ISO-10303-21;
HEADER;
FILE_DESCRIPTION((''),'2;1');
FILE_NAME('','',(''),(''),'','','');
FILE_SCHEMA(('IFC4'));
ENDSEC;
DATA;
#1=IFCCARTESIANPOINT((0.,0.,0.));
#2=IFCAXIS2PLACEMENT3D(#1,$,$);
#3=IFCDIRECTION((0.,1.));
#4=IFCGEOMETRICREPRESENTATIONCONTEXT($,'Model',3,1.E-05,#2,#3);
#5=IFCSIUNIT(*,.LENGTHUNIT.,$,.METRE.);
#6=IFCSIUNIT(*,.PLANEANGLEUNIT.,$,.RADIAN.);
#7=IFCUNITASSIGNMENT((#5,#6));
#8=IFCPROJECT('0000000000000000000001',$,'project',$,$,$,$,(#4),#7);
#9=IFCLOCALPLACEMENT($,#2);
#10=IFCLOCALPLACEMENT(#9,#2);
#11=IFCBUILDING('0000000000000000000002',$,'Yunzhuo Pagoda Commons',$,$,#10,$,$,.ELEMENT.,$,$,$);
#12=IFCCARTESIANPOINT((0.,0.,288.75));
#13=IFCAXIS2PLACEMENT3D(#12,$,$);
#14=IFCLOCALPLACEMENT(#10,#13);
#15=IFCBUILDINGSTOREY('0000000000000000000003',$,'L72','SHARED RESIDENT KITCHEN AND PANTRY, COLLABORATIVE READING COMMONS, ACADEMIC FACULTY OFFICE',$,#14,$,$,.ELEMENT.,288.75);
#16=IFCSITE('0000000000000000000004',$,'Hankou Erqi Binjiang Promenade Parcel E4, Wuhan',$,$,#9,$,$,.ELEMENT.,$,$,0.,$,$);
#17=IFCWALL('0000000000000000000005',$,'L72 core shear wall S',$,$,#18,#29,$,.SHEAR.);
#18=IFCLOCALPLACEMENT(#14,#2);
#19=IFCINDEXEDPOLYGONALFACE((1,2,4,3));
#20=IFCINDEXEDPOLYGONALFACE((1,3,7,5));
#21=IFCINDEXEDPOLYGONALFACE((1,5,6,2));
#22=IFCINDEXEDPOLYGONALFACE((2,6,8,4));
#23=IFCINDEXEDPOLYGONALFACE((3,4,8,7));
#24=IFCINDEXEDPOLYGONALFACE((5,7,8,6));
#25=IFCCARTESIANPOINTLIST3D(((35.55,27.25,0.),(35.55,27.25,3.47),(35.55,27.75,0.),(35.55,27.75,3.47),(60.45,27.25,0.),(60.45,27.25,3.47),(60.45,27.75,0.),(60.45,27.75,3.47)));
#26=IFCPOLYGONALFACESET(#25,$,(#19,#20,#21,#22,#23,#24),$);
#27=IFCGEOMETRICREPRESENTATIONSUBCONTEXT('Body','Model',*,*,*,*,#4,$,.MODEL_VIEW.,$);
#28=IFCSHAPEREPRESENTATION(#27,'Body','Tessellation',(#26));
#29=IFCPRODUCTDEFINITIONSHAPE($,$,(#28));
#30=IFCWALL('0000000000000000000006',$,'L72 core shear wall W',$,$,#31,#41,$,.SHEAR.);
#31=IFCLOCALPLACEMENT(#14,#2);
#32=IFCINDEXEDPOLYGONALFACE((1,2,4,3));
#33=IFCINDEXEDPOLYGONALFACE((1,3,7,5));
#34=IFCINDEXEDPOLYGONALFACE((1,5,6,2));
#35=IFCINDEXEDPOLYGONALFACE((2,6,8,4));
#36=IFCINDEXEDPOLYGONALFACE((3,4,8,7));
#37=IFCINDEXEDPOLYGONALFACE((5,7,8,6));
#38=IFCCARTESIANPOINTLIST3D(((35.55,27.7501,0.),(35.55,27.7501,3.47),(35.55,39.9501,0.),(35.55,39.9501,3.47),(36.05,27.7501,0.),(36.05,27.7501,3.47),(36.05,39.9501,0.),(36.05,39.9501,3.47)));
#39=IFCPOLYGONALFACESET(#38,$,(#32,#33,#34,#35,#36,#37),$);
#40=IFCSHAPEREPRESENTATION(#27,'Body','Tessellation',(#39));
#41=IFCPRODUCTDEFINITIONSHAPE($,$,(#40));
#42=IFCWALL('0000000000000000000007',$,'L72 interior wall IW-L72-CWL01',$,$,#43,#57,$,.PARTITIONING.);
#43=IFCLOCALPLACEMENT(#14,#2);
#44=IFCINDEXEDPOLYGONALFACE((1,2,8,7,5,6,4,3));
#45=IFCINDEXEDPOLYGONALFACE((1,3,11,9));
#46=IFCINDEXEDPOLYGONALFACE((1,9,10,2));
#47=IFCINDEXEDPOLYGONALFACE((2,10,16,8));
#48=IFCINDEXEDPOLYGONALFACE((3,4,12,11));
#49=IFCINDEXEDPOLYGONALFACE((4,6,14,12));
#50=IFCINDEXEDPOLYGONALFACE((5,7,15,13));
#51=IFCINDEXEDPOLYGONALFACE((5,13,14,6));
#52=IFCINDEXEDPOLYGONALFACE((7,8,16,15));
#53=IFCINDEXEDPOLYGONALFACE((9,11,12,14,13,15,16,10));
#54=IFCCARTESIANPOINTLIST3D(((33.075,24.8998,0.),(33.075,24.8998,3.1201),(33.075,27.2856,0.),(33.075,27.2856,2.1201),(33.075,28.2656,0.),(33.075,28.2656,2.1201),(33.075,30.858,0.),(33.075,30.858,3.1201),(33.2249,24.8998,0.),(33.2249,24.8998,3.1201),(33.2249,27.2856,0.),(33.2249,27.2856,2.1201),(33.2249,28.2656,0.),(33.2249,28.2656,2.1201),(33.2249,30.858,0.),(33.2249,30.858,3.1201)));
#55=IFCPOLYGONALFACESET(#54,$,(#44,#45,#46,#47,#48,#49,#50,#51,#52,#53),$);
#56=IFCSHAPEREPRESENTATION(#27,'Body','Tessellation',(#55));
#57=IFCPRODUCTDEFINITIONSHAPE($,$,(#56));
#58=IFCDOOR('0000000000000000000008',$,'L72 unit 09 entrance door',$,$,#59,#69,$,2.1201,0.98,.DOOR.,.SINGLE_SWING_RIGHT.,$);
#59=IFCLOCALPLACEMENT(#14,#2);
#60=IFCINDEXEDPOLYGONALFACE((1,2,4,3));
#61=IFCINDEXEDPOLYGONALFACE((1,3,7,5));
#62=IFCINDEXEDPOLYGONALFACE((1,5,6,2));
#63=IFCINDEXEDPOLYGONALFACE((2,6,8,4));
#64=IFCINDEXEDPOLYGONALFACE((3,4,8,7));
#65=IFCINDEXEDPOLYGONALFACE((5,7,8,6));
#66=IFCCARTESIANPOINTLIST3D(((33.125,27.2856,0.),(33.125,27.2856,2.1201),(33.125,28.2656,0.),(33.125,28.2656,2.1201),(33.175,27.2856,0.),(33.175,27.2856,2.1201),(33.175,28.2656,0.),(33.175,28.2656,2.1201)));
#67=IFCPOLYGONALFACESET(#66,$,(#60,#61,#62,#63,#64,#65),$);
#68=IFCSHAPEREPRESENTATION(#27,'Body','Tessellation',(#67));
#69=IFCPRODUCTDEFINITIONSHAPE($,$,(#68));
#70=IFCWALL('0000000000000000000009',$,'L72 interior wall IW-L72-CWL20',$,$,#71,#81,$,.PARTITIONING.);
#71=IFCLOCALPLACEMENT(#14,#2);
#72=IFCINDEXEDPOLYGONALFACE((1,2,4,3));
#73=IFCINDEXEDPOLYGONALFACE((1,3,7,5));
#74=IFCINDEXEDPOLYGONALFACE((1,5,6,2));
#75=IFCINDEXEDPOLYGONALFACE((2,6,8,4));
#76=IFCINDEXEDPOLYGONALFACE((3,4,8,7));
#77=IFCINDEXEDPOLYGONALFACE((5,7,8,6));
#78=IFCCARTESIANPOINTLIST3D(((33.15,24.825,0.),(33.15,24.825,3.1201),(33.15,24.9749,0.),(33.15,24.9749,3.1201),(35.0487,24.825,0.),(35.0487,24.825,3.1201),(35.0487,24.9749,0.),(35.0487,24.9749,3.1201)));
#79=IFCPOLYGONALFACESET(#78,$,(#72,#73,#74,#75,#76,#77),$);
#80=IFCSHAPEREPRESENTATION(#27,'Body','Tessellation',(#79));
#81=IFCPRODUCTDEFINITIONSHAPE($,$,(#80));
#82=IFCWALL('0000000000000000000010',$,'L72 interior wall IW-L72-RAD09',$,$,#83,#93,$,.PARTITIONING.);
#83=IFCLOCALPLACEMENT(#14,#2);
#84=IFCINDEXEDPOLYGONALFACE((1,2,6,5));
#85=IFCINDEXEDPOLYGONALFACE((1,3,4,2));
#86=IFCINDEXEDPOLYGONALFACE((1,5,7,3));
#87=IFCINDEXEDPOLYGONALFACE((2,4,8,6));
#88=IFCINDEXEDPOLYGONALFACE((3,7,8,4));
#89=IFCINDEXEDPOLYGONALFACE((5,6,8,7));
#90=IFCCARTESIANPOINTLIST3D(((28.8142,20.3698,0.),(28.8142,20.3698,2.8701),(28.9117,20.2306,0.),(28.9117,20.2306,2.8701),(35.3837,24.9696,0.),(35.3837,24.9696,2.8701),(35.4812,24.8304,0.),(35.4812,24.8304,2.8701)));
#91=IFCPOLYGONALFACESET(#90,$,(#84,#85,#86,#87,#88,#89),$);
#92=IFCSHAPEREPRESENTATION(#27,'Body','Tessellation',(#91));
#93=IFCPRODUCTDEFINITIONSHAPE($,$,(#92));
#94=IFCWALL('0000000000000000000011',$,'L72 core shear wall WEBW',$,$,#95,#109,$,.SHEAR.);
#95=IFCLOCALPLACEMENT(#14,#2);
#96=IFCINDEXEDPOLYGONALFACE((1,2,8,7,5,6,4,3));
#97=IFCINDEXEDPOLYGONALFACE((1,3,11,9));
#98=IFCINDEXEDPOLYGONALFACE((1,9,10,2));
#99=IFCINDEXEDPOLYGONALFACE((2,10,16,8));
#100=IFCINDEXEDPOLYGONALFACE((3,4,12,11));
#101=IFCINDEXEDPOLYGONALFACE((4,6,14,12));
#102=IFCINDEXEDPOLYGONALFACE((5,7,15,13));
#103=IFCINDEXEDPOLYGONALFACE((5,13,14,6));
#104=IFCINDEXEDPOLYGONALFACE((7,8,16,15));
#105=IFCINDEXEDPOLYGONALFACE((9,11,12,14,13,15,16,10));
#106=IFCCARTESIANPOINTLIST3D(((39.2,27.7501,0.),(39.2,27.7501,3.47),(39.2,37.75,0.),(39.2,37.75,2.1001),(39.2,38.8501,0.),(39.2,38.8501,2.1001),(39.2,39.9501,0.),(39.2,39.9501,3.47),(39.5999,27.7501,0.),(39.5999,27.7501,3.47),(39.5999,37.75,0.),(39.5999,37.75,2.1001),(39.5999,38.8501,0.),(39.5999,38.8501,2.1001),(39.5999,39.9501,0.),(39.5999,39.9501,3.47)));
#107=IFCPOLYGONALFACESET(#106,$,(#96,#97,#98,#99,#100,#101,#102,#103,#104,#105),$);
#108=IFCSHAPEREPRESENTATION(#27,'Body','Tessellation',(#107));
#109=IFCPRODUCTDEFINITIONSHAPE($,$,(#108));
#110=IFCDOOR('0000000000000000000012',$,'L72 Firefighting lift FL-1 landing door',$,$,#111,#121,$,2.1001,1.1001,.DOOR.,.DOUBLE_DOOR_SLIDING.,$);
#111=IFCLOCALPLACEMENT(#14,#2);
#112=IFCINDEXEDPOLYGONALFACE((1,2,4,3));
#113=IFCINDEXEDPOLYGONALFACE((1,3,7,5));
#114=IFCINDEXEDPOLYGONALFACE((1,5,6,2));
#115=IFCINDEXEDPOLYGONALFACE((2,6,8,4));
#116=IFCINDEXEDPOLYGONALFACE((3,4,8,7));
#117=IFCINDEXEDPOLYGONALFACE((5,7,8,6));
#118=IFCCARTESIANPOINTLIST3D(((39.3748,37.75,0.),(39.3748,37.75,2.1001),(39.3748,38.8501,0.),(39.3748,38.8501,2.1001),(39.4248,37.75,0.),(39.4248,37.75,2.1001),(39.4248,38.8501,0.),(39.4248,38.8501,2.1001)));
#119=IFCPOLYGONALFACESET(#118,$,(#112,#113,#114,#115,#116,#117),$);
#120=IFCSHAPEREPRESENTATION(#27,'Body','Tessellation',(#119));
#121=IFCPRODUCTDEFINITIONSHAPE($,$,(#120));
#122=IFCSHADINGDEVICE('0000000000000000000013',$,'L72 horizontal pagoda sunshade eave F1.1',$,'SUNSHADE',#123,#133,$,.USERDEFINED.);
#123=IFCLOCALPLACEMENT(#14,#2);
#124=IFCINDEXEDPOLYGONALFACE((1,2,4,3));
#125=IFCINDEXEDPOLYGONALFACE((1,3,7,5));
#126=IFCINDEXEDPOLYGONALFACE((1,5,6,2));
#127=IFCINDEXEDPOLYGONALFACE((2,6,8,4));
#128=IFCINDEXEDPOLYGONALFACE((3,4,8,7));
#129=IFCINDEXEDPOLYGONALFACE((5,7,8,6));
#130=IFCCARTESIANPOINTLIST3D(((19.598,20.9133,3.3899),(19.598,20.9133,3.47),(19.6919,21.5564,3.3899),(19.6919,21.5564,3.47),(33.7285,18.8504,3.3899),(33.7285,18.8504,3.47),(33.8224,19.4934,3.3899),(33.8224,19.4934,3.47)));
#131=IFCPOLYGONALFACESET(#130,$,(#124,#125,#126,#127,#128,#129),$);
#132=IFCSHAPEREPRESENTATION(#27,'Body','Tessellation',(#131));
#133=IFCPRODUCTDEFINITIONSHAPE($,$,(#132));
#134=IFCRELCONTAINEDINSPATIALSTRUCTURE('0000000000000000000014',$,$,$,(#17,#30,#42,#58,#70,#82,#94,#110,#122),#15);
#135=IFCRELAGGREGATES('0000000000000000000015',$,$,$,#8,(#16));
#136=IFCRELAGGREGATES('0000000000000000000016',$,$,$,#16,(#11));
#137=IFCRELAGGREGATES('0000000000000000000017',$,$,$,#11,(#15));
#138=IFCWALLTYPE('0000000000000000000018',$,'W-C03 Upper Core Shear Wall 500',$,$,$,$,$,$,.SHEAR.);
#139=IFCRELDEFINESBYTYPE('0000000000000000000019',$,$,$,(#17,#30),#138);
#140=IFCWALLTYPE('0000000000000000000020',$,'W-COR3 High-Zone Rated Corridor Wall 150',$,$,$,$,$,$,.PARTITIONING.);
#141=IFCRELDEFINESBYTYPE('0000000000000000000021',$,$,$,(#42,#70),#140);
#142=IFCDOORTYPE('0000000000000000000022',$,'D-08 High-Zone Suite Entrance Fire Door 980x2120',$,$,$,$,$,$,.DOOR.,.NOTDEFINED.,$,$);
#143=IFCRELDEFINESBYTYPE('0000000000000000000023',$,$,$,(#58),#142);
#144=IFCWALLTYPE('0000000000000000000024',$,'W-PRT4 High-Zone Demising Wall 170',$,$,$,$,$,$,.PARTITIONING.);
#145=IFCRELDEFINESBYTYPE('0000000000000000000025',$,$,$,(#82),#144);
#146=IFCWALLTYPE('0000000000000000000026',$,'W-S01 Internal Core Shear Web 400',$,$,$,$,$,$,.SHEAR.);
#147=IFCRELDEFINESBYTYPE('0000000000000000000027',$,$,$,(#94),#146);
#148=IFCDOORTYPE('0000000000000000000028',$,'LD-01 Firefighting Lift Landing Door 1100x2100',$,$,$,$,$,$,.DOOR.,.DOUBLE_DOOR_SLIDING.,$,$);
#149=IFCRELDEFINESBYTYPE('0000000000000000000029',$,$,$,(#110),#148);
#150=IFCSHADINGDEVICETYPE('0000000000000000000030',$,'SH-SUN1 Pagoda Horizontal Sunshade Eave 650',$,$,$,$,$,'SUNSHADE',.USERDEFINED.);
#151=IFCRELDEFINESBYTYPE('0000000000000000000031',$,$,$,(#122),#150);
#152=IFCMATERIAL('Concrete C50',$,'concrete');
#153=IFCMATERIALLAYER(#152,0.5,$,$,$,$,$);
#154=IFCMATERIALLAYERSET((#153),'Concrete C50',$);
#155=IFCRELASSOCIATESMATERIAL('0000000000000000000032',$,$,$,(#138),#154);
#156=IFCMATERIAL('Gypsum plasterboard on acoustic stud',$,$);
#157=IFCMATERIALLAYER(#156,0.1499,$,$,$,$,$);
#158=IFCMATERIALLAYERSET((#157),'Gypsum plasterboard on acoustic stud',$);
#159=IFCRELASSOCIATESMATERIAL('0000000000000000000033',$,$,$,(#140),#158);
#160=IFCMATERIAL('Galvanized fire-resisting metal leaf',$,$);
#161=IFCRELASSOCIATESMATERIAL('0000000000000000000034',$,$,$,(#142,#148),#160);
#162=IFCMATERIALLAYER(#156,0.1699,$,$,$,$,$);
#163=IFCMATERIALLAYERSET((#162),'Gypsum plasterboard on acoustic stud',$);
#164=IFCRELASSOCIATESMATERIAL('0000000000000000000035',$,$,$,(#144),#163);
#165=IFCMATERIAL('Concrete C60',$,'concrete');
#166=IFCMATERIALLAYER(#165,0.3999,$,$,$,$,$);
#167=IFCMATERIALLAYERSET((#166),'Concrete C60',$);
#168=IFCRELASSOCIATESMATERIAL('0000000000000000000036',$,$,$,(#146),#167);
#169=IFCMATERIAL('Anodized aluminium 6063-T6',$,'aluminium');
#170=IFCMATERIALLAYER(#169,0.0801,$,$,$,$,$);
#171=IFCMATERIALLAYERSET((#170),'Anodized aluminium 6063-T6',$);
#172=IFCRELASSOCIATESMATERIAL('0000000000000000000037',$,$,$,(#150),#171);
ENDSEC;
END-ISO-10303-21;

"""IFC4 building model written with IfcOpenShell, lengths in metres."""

from ifc_helpers import new_model, si_unit, direction, frame, frame_2d, origin, origin_with_axes, origin_2d, place, context, subcontext, project, spatial, rectangle, extrude, source, transform, mapped, material, layer, layer_set, type_object, element, fill, save


model = new_model("IFC4")

# Units and contexts
model_context = context("Model", 3, precision=1e-05, world=origin(), true_north=direction((0.0, 1.0)))
body_context = subcontext(model_context, "Body", "Model", "MODEL_VIEW")
ifc_project = project(units=[si_unit("LENGTHUNIT", "METRE"), si_unit("PLANEANGLEUNIT", "RADIAN")], contexts=[model_context])

# Site, building, storey
site_placement = place(None, origin())
site = spatial("IfcSite", under=ifc_project, at=site_placement, Name="Hankou Erqi Binjiang Promenade Parcel E4, Wuhan", CompositionType="ELEMENT", RefElevation=0.0)
building_placement = place(site_placement, origin())
building = spatial("IfcBuilding", under=site, at=building_placement, Name="Yunzhuo Pagoda Commons", CompositionType="ELEMENT")
storey_placement = place(building_placement, frame((0.0, 0.0, 288.75)))
storey = spatial("IfcBuildingStorey", under=building, at=storey_placement, Name="L72", Description="SHARED RESIDENT KITCHEN AND PANTRY, COLLABORATIVE READING COMMONS, ACADEMIC FACULTY OFFICE", CompositionType="ELEMENT", Elevation=288.75)

# Shared definitions
ifc_material_1 = material(Name="Anodized aluminium 6063-T6", Category="aluminium")

# Walls
ifc_material_2 = material(Name="Concrete C50", Category="concrete")
ifc_layer_1 = layer(ifc_material_2, 0.5)
ifc_layer_set_1 = layer_set([ifc_layer_1], Name="Concrete C50")
wall_type_1 = type_object("IfcWallType", Name="W-C03 Upper Core Shear Wall 500", PredefinedType="SHEAR", material=ifc_layer_set_1)
wall_1_placement = place(storey_placement, frame((35.55, 27.5, 0.0), z_axis=(0.0, 0.0, 1.0), x_axis=(1.0, 0.0, 0.0)))
element("IfcWall", 1, at=wall_1_placement, inside=storey, type_object=wall_type_1, Name="L72 core shear wall S", PredefinedType="SHEAR", context=body_context, shape_type="SweptSolid", body=[
    extrude(rectangle(XDim=24.8999, YDim=0.5, at=frame_2d((12.45, 0.0))), origin(), (0.0, 0.0, 1.0), 3.47),
])
wall_2_placement = place(storey_placement, frame((35.8, 27.75, 0.0), z_axis=(0.0, 0.0, 1.0), x_axis=(0.0, 1.0, 0.0)))
element("IfcWall", 2, at=wall_2_placement, inside=storey, type_object=wall_type_1, Name="L72 core shear wall W", PredefinedType="SHEAR", context=body_context, shape_type="SweptSolid", body=[
    extrude(rectangle(XDim=12.2, YDim=0.5, at=frame_2d((6.1001, 0.0))), origin(), (0.0, 0.0, 1.0), 3.47),
])

# Wall, opening, door
ifc_material_3 = material(Name="Gypsum plasterboard on acoustic stud")
ifc_layer_2 = layer(ifc_material_3, 0.1499)
ifc_layer_set_2 = layer_set([ifc_layer_2], Name="Gypsum plasterboard on acoustic stud")
wall_type_2 = type_object("IfcWallType", Name="W-COR3 High-Zone Rated Corridor Wall 150", PredefinedType="PARTITIONING", material=ifc_layer_set_2)
wall_3_placement = place(storey_placement, frame((33.1499, 24.8999, 0.0), z_axis=(0.0, 0.0, 1.0), x_axis=(0.0, 1.0, 0.0)))
wall_3 = element("IfcWall", 3, at=wall_3_placement, inside=storey, type_object=wall_type_2, Name="L72 interior wall IW-L72-CWL01", PredefinedType="PARTITIONING", context=body_context, shape_type="SweptSolid", body=[
    extrude(rectangle(XDim=5.9583, YDim=0.1499, at=frame_2d((2.979, 0.0))), origin(), (0.0, 0.0, 1.0), 3.1201),
])
opening_1_placement = place(wall_3_placement, frame((2.3857, 0.0, 0.0)))
opening_1 = element("IfcOpeningElement", 4, at=opening_1_placement, cuts=wall_3, PredefinedType="OPENING", context=body_context, shape_type="SweptSolid", body=[
    extrude(rectangle(XDim=0.98, YDim=2.1201, at=frame_2d((0.49, 1.0601))), frame((0.0, 0.085, 0.0), z_axis=(0.0, -1.0, 0.0), x_axis=(1.0, 0.0, 0.0)), (0.0, 0.0, 1.0), 0.1699),
])
ifc_material_4 = material(Name="Galvanized fire-resisting metal leaf")
door_type_1 = type_object("IfcDoorType", Name="D-08 High-Zone Suite Entrance Fire Door 980x2120", OperationType="NOTDEFINED", PredefinedType="DOOR", material=ifc_material_4)
shared_shape_1 = source(origin(), body_context, "Body", "SweptSolid", [
    extrude(rectangle(XDim=0.98, YDim=2.1201, at=frame_2d((0.49, 1.0601))), frame((0.0, 0.0249, 0.0), z_axis=(0.0, -1.0, 0.0), x_axis=(1.0, 0.0, 0.0)), (0.0, 0.0, 1.0), 0.05),
])
door_1_placement = place(opening_1_placement, origin_with_axes())
door_1 = element("IfcDoor", 5, at=door_1_placement, inside=storey, type_object=door_type_1, Name="L72 unit 09 entrance door", OperationType="SINGLE_SWING_RIGHT", OverallHeight=2.1201, OverallWidth=0.98, PredefinedType="DOOR", context=body_context, shape_type="MappedRepresentation", body=[
    mapped(shared_shape_1, transform((0.0, 0.0, 0.0), scale=1.0)),
])
fill(opening_1, door_1)

# Walls
wall_4_placement = place(storey_placement, frame((35.0486, 24.8999, 0.0), z_axis=(0.0, 0.0, 1.0), x_axis=(-1.0, 0.0, 0.0)))
element("IfcWall", 6, at=wall_4_placement, inside=storey, type_object=wall_type_2, Name="L72 interior wall IW-L72-CWL20", PredefinedType="PARTITIONING", context=body_context, shape_type="SweptSolid", body=[
    extrude(rectangle(XDim=1.8987, YDim=0.1499, at=frame_2d((0.9492, 0.0))), origin(), (0.0, 0.0, 1.0), 3.1201),
])
ifc_layer_3 = layer(ifc_material_3, 0.1699)
ifc_layer_set_3 = layer_set([ifc_layer_3], Name="Gypsum plasterboard on acoustic stud")
wall_type_3 = type_object("IfcWallType", Name="W-PRT4 High-Zone Demising Wall 170", PredefinedType="PARTITIONING", material=ifc_layer_set_3)
wall_5_placement = place(storey_placement, frame((35.4324, 24.8999, 0.0), z_axis=(0.0, 0.0, 1.0), x_axis=(-0.819165, -0.573558, 0.0)))
element("IfcWall", 7, at=wall_5_placement, inside=storey, type_object=wall_type_3, Name="L72 interior wall IW-L72-RAD09", PredefinedType="PARTITIONING", context=body_context, shape_type="SweptSolid", body=[
    extrude(rectangle(XDim=8.0198, YDim=0.1699, at=frame_2d((4.0098, 0.0))), origin(), (0.0, 0.0, 1.0), 2.8701),
])

# Wall, opening, door
ifc_material_5 = material(Name="Concrete C60", Category="concrete")
ifc_layer_4 = layer(ifc_material_5, 0.3999)
ifc_layer_set_4 = layer_set([ifc_layer_4], Name="Concrete C60")
wall_type_4 = type_object("IfcWallType", Name="W-S01 Internal Core Shear Web 400", PredefinedType="SHEAR", material=ifc_layer_set_4)
wall_6_placement = place(storey_placement, frame((39.3999, 27.75, 0.0), z_axis=(0.0, 0.0, 1.0), x_axis=(0.0, 1.0, 0.0)))
wall_6 = element("IfcWall", 8, at=wall_6_placement, inside=storey, type_object=wall_type_4, Name="L72 core shear wall WEBW", PredefinedType="SHEAR", context=body_context, shape_type="SweptSolid", body=[
    extrude(rectangle(XDim=12.2, YDim=0.3999, at=frame_2d((6.1001, 0.0))), origin(), (0.0, 0.0, 1.0), 3.47),
])
opening_2_placement = place(wall_6_placement, frame((10.0, 0.0, 0.0)))
opening_2 = element("IfcOpeningElement", 9, at=opening_2_placement, cuts=wall_6, PredefinedType="OPENING", context=body_context, shape_type="SweptSolid", body=[
    extrude(rectangle(XDim=1.1001, YDim=2.1001, at=frame_2d((0.55, 1.05))), frame((0.0, 0.21, 0.0), z_axis=(0.0, -1.0, 0.0), x_axis=(1.0, 0.0, 0.0)), (0.0, 0.0, 1.0), 0.4199),
])
door_type_2 = type_object("IfcDoorType", Name="LD-01 Firefighting Lift Landing Door 1100x2100", OperationType="DOUBLE_DOOR_SLIDING", PredefinedType="DOOR", material=ifc_material_4)
shared_shape_2 = source(origin(), body_context, "Body", "SweptSolid", [
    extrude(rectangle(XDim=1.1001, YDim=2.1001, at=frame_2d((0.55, 1.05))), frame((0.0, 0.0249, 0.0), z_axis=(0.0, -1.0, 0.0), x_axis=(1.0, 0.0, 0.0)), (0.0, 0.0, 1.0), 0.05),
])
door_2_placement = place(opening_2_placement, frame((1.1001, 0.0, 0.0), z_axis=(0.0, 0.0, 1.0), x_axis=(-1.0, 0.0, 0.0)))
door_2 = element("IfcDoor", 10, at=door_2_placement, inside=storey, type_object=door_type_2, Name="L72 Firefighting lift FL-1 landing door", OperationType="DOUBLE_DOOR_SLIDING", OverallHeight=2.1001, OverallWidth=1.1001, PredefinedType="DOOR", context=body_context, shape_type="MappedRepresentation", body=[
    mapped(shared_shape_2, transform((0.0, 0.0, 0.0), scale=1.0)),
])
fill(opening_2, door_2)

# Shading device
ifc_layer_5 = layer(ifc_material_1, 0.0801)
ifc_layer_set_5 = layer_set([ifc_layer_5], Name="Anodized aluminium 6063-T6")
shading_device_type = type_object("IfcShadingDeviceType", Name="SH-SUN1 Pagoda Horizontal Sunshade Eave 650", ElementType="SUNSHADE", PredefinedType="USERDEFINED", material=ifc_layer_set_5)
shared_shape_3 = source(origin(), body_context, "Body", "SweptSolid", [
    extrude(rectangle(XDim=14.2803, YDim=0.6499, at=origin_2d()), origin(), (0.0, 0.0, 1.0), 0.0801),
])
shading_device_placement = place(storey_placement, frame((26.7102, 20.2034, 3.3899), z_axis=(0.0, 0.0, 1.0), x_axis=(0.989511, -0.14446, 0.0)))
element("IfcShadingDevice", 11, at=shading_device_placement, inside=storey, type_object=shading_device_type, Name="L72 horizontal pagoda sunshade eave F1.1", ObjectType="SUNSHADE", PredefinedType="USERDEFINED", context=body_context, shape_type="MappedRepresentation", body=[
    mapped(shared_shape_3, transform((0.0, 0.0, 0.0), scale=1.0)),
])

save(model, "model.ifc")
